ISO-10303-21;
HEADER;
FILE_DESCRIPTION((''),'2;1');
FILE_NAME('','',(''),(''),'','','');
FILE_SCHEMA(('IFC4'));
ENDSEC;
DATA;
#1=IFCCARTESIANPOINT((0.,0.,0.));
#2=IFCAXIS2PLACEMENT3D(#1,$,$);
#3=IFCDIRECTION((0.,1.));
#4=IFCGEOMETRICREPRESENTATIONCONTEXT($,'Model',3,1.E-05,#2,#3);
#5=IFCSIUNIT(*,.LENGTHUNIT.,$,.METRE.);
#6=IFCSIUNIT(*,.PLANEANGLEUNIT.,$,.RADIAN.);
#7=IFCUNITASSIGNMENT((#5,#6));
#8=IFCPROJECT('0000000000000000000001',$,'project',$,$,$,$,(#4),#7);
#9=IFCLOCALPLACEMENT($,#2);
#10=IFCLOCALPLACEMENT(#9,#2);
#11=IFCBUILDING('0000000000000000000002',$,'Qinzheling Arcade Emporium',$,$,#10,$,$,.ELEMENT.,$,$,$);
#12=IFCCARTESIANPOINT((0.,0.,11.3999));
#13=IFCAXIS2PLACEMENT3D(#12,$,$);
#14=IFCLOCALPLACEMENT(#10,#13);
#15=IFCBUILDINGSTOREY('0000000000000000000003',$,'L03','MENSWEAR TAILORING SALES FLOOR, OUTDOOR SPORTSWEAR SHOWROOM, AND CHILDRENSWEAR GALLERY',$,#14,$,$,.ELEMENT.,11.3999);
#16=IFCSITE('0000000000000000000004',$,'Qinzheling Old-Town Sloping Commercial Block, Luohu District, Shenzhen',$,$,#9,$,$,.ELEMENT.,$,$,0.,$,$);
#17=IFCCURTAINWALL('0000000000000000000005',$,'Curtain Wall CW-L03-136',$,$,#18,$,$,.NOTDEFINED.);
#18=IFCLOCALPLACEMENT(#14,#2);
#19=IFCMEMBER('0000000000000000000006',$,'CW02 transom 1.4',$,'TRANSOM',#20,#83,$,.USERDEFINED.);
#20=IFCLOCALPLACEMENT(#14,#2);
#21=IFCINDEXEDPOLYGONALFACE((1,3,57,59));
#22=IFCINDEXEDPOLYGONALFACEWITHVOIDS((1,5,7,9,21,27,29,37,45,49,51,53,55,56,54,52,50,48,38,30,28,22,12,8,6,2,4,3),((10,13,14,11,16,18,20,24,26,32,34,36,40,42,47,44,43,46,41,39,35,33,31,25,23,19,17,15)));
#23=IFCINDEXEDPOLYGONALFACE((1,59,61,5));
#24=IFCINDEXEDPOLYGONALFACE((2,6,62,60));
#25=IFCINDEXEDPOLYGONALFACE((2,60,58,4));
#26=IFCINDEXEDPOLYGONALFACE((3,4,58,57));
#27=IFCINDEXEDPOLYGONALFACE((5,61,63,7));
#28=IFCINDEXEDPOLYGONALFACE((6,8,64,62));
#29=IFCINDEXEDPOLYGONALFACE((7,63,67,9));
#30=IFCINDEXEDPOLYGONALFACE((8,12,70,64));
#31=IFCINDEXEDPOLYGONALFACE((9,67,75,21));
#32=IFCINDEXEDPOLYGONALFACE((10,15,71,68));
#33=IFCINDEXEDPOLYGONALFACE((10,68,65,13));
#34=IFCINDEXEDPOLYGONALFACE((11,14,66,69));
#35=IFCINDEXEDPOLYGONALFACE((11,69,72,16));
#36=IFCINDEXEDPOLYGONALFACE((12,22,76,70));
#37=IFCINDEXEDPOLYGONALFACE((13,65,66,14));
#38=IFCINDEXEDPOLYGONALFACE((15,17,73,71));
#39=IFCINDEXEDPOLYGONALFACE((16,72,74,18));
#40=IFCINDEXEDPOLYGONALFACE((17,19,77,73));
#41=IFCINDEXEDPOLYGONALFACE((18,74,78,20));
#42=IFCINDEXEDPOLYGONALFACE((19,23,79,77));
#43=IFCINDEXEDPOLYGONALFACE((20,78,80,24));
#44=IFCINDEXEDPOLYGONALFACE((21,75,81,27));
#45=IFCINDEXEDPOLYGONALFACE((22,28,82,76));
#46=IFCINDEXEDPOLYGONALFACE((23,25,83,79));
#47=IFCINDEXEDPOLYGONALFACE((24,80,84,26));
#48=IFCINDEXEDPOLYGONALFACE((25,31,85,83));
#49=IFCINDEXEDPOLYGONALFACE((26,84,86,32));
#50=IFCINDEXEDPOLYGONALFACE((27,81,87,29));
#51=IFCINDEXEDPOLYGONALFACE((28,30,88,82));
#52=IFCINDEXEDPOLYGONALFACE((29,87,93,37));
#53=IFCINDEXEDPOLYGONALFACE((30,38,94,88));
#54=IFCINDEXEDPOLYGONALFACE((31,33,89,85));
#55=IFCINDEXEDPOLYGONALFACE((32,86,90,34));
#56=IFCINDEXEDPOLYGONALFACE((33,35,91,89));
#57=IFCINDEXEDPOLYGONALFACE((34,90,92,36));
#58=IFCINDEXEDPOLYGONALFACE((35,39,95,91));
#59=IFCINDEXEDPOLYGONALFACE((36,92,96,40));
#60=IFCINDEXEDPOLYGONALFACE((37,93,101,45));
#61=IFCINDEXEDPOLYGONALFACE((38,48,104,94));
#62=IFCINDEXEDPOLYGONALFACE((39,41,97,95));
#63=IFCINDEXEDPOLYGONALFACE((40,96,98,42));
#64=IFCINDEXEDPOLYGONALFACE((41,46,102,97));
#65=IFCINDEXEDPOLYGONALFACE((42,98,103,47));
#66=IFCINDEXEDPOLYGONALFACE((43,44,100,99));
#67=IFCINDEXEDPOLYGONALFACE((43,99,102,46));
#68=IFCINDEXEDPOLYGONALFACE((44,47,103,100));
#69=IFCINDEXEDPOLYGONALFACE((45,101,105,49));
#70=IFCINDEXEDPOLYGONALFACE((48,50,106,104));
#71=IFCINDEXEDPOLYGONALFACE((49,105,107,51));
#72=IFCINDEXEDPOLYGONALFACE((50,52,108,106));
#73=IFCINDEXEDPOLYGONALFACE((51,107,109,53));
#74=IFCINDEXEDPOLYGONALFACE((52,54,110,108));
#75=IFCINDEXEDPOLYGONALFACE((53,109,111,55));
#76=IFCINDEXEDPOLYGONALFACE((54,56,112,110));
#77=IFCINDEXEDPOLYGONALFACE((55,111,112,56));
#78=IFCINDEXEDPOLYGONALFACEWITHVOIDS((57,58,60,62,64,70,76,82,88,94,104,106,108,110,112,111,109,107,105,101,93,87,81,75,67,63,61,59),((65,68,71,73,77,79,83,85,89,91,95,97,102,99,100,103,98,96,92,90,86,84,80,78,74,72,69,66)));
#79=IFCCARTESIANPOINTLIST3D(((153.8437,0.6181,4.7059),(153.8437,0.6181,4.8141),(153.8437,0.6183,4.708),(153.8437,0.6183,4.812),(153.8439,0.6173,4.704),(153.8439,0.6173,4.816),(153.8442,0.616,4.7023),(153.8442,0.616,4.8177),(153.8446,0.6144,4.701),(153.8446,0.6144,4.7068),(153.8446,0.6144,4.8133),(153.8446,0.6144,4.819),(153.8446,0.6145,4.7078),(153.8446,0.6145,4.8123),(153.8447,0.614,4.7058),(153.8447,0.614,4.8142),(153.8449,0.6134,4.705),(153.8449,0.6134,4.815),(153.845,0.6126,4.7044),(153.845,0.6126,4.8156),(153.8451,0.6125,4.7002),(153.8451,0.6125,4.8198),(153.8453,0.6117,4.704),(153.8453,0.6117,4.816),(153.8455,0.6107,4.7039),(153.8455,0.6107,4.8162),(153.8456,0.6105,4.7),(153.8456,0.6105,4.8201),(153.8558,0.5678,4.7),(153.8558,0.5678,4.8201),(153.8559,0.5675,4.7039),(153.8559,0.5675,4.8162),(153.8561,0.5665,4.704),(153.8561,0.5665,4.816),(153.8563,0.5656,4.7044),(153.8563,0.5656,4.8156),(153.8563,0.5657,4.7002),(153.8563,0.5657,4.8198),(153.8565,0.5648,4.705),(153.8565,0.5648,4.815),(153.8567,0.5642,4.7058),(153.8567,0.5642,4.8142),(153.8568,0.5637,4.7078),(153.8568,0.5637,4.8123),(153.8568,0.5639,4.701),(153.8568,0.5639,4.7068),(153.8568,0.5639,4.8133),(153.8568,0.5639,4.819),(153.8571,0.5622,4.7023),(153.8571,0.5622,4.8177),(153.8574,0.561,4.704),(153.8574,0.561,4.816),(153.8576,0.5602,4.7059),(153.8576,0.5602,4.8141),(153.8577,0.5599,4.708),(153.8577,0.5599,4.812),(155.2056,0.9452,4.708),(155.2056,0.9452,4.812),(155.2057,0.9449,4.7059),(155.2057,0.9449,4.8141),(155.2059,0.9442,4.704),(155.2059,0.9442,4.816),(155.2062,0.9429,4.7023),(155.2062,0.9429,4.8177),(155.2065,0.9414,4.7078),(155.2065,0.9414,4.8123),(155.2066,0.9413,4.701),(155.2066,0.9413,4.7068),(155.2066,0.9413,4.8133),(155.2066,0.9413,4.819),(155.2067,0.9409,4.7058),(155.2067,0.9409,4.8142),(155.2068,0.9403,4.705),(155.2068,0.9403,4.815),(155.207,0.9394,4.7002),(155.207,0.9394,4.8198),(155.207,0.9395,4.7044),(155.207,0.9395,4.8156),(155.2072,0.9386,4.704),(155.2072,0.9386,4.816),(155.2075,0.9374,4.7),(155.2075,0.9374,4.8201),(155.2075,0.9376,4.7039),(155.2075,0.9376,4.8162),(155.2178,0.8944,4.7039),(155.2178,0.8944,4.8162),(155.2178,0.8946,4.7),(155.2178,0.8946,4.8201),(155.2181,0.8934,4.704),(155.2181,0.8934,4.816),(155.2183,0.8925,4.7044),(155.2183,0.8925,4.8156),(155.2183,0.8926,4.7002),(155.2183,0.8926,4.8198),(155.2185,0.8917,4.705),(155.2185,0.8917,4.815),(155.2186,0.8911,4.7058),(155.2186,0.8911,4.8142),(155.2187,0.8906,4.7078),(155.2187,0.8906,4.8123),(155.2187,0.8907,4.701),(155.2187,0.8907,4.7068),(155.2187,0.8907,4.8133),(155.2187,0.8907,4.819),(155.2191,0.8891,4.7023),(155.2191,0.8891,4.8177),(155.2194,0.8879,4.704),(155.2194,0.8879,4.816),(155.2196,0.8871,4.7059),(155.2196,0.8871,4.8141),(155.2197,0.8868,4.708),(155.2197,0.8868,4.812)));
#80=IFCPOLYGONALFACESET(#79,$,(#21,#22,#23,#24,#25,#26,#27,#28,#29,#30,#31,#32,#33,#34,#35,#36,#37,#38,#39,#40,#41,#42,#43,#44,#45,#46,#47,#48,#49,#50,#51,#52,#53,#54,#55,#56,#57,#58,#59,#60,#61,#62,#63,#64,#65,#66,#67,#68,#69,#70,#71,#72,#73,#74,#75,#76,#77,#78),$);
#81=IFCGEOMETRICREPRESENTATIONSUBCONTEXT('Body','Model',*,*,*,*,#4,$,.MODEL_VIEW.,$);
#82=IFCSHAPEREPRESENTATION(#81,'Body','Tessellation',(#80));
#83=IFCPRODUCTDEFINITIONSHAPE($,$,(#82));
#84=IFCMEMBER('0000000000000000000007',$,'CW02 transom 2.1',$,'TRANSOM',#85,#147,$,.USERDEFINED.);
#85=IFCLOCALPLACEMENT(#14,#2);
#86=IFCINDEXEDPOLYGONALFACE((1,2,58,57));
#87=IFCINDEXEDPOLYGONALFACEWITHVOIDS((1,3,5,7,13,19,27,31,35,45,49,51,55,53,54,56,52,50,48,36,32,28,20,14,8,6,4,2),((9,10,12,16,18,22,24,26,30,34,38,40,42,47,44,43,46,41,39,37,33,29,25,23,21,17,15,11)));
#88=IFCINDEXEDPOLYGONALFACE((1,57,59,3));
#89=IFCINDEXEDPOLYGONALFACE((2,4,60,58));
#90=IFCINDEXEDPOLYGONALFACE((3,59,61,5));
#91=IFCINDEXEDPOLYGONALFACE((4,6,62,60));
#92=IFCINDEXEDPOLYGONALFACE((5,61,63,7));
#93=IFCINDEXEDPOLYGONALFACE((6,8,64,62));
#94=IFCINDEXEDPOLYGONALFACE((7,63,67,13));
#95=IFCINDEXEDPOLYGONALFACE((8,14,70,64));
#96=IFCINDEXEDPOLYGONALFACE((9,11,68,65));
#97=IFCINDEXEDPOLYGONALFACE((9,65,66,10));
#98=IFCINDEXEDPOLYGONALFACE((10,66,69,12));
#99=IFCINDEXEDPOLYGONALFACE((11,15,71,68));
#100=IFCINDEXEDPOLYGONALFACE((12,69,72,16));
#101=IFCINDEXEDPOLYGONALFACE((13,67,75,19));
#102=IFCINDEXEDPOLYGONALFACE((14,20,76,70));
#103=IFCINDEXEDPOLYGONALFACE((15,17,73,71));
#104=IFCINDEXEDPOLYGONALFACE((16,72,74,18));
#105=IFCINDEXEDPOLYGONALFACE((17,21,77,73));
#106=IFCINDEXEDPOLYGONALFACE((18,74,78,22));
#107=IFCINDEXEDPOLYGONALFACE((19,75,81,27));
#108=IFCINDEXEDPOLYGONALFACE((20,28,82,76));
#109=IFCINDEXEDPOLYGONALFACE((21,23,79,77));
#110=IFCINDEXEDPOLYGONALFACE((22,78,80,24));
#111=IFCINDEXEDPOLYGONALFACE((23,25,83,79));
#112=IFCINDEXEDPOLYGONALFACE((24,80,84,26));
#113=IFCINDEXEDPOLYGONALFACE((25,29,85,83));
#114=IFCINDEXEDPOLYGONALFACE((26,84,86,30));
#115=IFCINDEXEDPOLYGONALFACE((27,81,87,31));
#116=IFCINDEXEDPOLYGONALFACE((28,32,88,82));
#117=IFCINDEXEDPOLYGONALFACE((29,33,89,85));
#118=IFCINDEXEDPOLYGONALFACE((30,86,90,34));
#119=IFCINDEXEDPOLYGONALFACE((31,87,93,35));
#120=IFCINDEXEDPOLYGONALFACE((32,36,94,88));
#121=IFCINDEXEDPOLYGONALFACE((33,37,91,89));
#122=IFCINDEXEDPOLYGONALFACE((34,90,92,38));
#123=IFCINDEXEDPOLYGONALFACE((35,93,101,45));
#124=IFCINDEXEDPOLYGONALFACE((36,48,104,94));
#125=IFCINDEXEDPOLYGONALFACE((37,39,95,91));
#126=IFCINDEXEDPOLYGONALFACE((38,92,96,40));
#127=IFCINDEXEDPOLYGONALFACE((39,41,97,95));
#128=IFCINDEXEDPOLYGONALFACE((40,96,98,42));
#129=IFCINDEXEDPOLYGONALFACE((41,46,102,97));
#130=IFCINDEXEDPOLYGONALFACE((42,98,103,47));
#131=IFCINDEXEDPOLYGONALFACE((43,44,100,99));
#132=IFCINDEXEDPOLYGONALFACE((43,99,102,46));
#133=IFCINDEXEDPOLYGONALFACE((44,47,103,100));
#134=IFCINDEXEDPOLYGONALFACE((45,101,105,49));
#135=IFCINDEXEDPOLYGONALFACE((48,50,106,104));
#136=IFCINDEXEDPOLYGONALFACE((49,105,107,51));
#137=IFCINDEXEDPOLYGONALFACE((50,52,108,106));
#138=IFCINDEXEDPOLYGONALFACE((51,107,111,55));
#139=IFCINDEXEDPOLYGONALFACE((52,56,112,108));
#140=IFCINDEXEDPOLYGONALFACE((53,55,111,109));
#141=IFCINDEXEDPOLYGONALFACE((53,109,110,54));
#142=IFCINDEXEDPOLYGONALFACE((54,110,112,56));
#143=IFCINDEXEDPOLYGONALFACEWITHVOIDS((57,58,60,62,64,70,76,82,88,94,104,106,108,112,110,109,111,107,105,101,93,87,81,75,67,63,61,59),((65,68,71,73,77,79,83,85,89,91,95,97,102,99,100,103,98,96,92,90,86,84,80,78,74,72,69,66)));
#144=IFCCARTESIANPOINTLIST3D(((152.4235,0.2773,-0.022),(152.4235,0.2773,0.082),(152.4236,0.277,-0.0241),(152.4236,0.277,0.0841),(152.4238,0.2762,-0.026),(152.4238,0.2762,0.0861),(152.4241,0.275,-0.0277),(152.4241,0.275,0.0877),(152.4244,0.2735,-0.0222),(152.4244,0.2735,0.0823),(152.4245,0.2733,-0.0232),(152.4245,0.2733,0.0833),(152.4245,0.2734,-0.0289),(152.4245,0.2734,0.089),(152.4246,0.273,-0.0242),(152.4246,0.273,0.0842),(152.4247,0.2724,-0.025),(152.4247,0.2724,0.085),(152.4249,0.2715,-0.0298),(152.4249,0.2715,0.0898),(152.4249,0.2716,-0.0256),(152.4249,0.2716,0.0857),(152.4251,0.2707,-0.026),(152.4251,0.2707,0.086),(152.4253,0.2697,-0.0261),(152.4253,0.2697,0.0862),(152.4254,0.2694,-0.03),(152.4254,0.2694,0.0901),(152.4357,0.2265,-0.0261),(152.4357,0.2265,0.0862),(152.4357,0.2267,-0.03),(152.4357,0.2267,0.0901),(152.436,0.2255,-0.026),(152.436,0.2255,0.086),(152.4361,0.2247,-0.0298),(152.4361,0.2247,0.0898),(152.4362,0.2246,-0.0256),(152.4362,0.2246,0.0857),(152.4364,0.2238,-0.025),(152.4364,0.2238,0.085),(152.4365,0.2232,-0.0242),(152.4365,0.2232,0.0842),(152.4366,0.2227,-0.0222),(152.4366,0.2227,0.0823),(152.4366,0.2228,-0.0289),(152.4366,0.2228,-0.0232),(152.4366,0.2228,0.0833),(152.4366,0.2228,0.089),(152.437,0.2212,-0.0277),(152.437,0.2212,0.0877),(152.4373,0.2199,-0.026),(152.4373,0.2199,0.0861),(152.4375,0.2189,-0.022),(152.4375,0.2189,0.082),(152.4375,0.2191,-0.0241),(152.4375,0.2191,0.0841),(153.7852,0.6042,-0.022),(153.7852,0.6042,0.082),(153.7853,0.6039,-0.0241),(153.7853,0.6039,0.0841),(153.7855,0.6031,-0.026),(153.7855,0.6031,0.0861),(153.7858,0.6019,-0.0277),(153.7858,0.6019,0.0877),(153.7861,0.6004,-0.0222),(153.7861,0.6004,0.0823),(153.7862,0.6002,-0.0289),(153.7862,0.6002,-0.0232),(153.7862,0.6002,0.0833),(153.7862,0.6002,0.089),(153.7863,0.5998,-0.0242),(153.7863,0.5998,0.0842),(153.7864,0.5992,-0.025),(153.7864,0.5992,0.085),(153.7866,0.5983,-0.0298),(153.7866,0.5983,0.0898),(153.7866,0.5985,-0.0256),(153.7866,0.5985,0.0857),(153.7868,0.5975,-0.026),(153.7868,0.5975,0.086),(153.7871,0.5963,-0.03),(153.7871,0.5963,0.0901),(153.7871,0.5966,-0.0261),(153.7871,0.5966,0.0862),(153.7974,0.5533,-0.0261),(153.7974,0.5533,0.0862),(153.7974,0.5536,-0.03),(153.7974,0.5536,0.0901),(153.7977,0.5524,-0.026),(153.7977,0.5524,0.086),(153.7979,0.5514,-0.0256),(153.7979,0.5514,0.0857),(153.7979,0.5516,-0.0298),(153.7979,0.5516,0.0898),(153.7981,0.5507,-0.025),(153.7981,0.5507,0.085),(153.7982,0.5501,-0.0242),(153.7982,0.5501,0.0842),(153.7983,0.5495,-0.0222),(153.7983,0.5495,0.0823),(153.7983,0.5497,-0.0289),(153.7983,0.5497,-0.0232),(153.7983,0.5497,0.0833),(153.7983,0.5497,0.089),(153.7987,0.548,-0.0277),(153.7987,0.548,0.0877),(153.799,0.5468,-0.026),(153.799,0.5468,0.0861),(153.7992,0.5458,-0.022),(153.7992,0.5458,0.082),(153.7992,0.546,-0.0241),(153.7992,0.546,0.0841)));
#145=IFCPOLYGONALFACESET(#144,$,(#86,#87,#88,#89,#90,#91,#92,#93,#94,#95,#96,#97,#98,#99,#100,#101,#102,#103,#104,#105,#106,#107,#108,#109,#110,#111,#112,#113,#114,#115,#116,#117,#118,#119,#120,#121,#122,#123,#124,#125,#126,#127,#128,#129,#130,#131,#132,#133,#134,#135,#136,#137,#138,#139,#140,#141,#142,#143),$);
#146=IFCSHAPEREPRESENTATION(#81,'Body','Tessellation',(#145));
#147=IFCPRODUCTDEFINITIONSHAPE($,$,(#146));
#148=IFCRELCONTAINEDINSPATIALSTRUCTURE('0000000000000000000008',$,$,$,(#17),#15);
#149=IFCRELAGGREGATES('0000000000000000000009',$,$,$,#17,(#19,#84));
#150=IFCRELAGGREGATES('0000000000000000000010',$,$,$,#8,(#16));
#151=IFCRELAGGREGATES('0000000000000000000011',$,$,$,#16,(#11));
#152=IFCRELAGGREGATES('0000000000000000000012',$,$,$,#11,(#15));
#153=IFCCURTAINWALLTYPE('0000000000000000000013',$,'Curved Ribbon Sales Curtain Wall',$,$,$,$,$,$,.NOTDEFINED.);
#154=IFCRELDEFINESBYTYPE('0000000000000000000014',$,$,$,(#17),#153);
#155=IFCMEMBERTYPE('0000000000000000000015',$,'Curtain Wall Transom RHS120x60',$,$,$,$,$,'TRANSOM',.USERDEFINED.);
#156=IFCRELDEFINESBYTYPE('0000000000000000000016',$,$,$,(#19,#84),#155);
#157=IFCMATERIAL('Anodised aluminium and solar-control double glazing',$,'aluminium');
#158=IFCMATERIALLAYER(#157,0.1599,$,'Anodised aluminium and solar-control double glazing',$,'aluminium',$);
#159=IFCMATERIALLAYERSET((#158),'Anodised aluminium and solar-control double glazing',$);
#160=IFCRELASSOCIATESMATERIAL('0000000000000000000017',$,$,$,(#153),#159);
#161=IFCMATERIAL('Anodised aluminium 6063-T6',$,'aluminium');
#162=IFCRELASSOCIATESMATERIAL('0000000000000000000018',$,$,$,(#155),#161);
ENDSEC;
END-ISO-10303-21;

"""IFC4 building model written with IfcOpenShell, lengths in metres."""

from ifc_helpers import new_model, si_unit, direction, frame, origin, origin_2d, place, context, subcontext, project, spatial, hollow_rectangle, extrude, material, layer, layer_set, material_profile, profile_set, type_object, element, aggregate, save


model = new_model("IFC4")

# Units and contexts
model_context = context("Model", 3, precision=1e-05, world=origin(), true_north=direction((0.0, 1.0)))
body_context = subcontext(model_context, "Body", "Model", "MODEL_VIEW")
ifc_project = project(units=[si_unit("LENGTHUNIT", "METRE"), si_unit("PLANEANGLEUNIT", "RADIAN")], contexts=[model_context])

# Site, building, storey
site_placement = place(None, origin())
site = spatial("IfcSite", under=ifc_project, at=site_placement, Name="Qinzheling Old-Town Sloping Commercial Block, Luohu District, Shenzhen", CompositionType="ELEMENT", RefElevation=0.0)
building_placement = place(site_placement, origin())
building = spatial("IfcBuilding", under=site, at=building_placement, Name="Qinzheling Arcade Emporium", CompositionType="ELEMENT")
storey_placement = place(building_placement, frame((0.0, 0.0, 11.3999)))
storey = spatial("IfcBuildingStorey", under=building, at=storey_placement, Name="L03", Description="MENSWEAR TAILORING SALES FLOOR, OUTDOOR SPORTSWEAR SHOWROOM, AND CHILDRENSWEAR GALLERY", CompositionType="ELEMENT", Elevation=11.3999)

# Shared definitions
ifc_material_1 = material(Name="Anodised aluminium and solar-control double glazing", Category="aluminium")
ifc_layer_1 = layer(ifc_material_1, 0.1599, Name="Anodised aluminium and solar-control double glazing", Category="aluminium")
ifc_layer_set_1 = layer_set([ifc_layer_1], Name="Anodised aluminium and solar-control double glazing")
curtain_wall_type_1 = type_object("IfcCurtainWallType", Name="Curved Ribbon Sales Curtain Wall", PredefinedType="NOTDEFINED", material=ifc_layer_set_1)
ifc_material_2 = material(Name="Anodised aluminium 6063-T6", Category="aluminium")

# Curtain wall
curtain_wall_1_placement = place(storey_placement, origin())
curtain_wall_1 = element("IfcCurtainWall", 1, at=curtain_wall_1_placement, inside=storey, type_object=curtain_wall_type_1, Name="Curtain Wall CW-L03-136", PredefinedType="NOTDEFINED")

# Members
ifc_material_profile_1 = material_profile(ifc_material_2, hollow_rectangle(XDim=0.0601, YDim=0.1201, WallThickness=0.0039, InnerFilletRadius=0.0039, OuterFilletRadius=0.0081, at=origin_2d()), Name="RHS 120x60x4", Category="aluminium")
ifc_profile_set_1 = profile_set([ifc_material_profile_1], Name="Anodised aluminium 6063-T6")
member_type_1 = type_object("IfcMemberType", Name="Curtain Wall Transom RHS120x60", ElementType="TRANSOM", PredefinedType="USERDEFINED", material=ifc_profile_set_1)
member_1_placement = place(storey_placement, frame((155.2126, 0.916, 4.76), z_axis=(-0.972386, -0.23338, 0.0), x_axis=(0.23338, -0.972386, 0.0)))
member_1 = element("IfcMember", 2, at=member_1_placement, type_object=member_type_1, Name="CW02 transom 1.4", ObjectType="TRANSOM", PredefinedType="USERDEFINED", context=body_context, shape_type="SweptSolid", body=[
    extrude(hollow_rectangle(XDim=0.0601, YDim=0.1201, WallThickness=0.0039, InnerFilletRadius=0.0039, OuterFilletRadius=0.0081, at=origin_2d()), origin(), (0.0, 0.0, 1.0), 1.4006),
])
member_2_placement = place(storey_placement, frame((153.7922, 0.575, 0.03), z_axis=(-0.972376, -0.233419, 0.0), x_axis=(0.233419, -0.972376, 0.0)))
member_2 = element("IfcMember", 3, at=member_2_placement, type_object=member_type_1, Name="CW02 transom 2.1", ObjectType="TRANSOM", PredefinedType="USERDEFINED", context=body_context, shape_type="SweptSolid", body=[
    extrude(hollow_rectangle(XDim=0.0601, YDim=0.1201, WallThickness=0.0039, InnerFilletRadius=0.0039, OuterFilletRadius=0.0081, at=origin_2d()), origin(), (0.0, 0.0, 1.0), 1.4004),
])

aggregate(curtain_wall_1, [member_1, member_2])

save(model, "model.ifc")
